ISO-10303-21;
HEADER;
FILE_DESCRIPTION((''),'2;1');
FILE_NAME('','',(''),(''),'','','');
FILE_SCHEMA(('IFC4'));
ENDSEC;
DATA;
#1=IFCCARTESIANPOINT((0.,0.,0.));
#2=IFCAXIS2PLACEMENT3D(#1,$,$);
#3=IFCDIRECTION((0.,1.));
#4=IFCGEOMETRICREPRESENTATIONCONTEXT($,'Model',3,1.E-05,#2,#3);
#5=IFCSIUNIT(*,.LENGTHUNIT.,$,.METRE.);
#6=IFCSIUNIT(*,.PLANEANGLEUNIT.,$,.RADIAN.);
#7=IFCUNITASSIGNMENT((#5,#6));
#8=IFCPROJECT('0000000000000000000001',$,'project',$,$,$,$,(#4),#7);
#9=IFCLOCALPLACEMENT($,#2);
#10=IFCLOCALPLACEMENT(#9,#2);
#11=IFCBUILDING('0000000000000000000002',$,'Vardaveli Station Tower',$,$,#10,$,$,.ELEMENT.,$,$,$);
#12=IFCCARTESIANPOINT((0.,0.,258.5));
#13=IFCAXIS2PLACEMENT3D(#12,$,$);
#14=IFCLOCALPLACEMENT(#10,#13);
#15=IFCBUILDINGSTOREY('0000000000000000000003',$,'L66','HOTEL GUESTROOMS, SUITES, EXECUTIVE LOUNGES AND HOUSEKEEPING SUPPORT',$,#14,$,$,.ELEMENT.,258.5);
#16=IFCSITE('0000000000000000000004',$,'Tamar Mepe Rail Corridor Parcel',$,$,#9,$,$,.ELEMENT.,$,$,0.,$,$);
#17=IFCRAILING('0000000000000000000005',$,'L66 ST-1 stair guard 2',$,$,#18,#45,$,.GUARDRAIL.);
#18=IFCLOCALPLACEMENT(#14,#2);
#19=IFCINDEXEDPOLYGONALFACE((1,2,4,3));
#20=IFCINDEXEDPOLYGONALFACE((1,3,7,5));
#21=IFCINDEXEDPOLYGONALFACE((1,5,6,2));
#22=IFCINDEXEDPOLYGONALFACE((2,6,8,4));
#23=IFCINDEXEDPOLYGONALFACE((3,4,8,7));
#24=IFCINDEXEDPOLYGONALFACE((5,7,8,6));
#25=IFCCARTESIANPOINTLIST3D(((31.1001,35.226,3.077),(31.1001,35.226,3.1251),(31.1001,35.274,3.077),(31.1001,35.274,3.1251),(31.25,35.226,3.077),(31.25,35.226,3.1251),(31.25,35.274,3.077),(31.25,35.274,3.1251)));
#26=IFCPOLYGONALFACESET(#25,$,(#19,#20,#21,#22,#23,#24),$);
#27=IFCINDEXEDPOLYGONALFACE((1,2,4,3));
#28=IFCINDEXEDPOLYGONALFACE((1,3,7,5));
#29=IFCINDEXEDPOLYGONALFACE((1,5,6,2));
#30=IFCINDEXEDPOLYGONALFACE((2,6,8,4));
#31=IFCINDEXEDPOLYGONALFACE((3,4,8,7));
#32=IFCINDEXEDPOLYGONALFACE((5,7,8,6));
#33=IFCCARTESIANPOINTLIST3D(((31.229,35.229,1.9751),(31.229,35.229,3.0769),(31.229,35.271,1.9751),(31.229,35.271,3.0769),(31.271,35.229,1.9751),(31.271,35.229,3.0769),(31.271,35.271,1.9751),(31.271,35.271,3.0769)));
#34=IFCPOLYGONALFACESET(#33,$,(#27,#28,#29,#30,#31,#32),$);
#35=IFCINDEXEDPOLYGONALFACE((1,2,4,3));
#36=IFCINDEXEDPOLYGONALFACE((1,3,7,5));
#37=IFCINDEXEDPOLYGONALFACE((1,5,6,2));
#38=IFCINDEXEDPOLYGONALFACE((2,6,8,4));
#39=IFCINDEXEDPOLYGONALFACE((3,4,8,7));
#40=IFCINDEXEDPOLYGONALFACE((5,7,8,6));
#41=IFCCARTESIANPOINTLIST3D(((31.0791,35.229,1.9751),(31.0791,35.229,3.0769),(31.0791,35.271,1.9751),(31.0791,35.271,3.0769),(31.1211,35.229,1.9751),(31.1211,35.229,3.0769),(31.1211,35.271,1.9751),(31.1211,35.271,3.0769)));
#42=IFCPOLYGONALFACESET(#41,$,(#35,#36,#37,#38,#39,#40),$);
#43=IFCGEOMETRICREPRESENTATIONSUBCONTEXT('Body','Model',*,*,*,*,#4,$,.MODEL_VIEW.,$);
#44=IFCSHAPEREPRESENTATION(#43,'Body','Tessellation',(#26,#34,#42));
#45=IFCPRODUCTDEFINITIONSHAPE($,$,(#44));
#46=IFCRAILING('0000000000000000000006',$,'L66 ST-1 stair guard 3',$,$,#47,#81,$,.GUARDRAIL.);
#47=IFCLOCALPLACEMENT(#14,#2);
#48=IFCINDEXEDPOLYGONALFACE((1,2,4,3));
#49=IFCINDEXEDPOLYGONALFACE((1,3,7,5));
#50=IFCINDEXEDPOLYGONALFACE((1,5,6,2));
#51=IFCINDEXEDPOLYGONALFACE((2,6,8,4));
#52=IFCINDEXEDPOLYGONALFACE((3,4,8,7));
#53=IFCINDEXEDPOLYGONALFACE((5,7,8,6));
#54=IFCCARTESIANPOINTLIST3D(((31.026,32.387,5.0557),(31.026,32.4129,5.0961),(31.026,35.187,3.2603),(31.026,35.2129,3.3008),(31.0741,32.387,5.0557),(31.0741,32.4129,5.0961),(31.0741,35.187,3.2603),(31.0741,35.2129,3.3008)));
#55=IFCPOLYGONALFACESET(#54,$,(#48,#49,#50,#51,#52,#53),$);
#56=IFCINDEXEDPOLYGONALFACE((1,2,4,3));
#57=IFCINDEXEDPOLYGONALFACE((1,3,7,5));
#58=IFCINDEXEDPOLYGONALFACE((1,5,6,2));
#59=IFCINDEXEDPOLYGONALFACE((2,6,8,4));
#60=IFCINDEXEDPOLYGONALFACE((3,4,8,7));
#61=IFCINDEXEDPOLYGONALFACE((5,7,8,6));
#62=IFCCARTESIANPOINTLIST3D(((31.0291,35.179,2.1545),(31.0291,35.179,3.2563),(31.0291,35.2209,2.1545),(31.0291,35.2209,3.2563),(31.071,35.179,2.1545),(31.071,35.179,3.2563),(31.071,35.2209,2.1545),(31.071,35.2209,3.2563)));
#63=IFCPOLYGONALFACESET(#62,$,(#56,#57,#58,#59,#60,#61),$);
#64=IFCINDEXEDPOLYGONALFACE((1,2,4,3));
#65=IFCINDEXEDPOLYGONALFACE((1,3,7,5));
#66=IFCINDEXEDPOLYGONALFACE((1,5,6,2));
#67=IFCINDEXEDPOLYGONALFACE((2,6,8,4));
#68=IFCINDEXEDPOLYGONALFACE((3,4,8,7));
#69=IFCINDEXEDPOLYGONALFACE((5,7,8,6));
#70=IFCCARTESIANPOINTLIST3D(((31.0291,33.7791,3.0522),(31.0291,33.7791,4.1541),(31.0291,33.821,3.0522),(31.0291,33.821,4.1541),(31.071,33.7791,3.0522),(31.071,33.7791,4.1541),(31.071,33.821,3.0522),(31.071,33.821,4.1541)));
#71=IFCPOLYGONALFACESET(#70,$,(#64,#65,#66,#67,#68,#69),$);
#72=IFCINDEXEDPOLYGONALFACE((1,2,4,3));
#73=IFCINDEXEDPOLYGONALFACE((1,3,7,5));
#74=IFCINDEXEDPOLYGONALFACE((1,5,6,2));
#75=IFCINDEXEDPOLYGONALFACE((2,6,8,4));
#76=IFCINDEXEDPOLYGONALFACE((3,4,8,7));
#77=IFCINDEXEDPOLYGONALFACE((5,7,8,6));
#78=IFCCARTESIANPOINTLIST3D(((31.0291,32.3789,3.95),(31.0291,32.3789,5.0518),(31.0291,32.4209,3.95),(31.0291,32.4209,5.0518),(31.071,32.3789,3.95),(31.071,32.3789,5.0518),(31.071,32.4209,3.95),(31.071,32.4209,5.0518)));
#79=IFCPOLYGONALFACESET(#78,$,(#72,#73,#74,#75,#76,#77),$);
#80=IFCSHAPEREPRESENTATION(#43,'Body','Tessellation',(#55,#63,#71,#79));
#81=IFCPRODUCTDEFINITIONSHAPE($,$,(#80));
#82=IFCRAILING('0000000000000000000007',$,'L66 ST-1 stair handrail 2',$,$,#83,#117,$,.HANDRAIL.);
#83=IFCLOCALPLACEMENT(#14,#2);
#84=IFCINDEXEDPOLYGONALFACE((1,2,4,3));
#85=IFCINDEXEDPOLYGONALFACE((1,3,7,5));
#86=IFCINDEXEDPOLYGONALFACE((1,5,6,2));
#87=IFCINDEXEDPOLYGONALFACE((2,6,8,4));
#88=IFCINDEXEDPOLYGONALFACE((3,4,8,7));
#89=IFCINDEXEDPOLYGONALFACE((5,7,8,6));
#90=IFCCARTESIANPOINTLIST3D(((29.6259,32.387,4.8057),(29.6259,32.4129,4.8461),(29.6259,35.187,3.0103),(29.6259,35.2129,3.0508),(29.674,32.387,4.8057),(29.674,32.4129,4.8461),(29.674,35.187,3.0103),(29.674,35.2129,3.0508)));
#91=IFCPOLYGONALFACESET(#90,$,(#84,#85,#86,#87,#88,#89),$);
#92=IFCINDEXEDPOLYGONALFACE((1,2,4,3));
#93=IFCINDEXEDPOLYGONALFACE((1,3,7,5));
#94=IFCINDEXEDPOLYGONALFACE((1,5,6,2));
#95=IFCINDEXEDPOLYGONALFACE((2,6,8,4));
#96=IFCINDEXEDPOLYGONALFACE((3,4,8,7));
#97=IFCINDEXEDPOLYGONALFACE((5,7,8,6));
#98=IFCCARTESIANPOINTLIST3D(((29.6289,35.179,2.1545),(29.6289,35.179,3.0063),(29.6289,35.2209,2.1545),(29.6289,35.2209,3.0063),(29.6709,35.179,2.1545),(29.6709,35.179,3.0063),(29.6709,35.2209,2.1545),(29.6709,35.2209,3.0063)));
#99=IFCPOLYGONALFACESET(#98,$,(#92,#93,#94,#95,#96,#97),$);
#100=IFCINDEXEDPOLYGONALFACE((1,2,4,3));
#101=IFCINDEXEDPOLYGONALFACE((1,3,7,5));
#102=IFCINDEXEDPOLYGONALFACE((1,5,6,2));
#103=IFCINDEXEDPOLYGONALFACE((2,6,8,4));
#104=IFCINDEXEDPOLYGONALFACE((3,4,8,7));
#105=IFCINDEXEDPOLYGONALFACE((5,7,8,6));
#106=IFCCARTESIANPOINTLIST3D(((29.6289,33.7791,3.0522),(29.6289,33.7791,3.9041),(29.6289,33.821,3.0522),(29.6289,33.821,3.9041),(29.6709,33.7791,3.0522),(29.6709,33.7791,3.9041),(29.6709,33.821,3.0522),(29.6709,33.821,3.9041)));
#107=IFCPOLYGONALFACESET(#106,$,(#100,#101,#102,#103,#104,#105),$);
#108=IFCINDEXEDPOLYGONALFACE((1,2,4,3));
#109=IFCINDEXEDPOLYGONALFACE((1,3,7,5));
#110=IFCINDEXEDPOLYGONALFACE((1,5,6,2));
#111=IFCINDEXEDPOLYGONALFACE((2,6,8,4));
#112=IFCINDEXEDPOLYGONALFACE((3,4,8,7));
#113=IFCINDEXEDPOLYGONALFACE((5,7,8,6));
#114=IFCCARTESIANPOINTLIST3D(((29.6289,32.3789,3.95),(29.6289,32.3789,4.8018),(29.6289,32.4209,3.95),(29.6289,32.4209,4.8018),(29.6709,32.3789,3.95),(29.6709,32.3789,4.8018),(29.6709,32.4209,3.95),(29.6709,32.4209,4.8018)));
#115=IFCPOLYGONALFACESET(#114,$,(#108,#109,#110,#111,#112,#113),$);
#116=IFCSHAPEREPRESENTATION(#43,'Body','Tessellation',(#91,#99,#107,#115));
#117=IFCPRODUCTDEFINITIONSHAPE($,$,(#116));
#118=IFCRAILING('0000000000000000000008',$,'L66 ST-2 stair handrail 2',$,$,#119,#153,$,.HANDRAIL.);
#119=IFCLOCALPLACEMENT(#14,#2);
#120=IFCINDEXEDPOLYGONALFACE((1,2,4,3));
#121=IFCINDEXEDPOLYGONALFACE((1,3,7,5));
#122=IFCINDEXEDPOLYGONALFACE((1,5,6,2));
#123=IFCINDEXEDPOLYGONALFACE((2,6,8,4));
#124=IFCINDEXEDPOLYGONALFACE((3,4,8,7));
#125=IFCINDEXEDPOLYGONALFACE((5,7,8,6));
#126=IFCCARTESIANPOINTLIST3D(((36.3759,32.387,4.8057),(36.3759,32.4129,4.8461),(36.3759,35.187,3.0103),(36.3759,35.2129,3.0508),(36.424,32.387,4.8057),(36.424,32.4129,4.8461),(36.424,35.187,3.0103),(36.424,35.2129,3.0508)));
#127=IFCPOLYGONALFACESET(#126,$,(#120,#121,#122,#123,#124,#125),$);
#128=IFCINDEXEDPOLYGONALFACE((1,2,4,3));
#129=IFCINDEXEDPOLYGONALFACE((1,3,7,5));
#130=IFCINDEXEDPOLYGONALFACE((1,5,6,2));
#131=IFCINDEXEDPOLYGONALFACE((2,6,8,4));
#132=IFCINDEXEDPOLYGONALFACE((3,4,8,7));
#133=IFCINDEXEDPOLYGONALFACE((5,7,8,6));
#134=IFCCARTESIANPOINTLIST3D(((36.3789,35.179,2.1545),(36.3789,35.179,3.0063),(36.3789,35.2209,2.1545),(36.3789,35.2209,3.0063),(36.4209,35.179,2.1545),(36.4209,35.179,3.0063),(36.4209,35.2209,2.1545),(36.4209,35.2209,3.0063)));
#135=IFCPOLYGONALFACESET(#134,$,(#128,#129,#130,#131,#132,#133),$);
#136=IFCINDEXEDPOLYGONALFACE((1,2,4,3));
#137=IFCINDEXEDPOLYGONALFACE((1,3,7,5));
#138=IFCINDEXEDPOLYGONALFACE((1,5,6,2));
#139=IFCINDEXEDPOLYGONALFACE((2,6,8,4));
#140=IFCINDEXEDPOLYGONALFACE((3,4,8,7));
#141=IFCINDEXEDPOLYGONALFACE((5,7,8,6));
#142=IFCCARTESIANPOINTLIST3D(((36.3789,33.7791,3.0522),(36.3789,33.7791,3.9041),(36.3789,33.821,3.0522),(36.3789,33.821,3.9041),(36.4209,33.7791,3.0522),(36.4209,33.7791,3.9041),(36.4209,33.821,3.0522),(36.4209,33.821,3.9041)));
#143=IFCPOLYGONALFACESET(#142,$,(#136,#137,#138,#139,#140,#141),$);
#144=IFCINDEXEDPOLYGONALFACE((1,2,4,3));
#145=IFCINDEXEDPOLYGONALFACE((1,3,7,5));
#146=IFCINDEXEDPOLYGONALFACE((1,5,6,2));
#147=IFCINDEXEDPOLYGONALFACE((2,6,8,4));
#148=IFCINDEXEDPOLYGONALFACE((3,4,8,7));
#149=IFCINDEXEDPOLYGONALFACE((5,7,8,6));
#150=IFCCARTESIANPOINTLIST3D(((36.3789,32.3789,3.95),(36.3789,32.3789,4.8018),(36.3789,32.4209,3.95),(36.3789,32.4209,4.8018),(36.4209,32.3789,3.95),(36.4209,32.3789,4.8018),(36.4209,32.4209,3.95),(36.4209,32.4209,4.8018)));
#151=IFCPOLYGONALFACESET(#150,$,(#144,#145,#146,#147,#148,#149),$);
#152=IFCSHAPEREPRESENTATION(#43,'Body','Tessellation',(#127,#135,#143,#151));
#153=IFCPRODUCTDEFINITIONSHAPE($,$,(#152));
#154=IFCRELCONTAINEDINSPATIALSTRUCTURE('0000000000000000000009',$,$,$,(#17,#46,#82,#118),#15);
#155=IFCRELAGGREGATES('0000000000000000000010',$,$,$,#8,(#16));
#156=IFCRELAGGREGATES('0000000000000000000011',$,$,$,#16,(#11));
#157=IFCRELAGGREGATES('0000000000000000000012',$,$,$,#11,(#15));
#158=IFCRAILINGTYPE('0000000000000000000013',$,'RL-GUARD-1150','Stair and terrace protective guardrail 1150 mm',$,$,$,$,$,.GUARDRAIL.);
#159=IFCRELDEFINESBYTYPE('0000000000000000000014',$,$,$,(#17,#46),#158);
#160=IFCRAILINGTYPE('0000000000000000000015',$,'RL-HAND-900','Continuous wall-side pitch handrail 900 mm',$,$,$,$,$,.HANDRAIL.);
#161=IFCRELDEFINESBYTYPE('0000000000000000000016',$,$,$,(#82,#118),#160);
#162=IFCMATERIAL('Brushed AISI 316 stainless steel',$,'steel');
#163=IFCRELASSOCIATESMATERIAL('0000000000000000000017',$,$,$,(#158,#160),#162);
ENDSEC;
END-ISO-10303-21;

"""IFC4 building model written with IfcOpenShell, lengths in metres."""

from ifc_helpers import new_model, si_unit, direction, frame, origin, origin_2d, place, context, subcontext, project, spatial, rectangle, extrude, source, transform, mapped, material, type_object, element, save


model = new_model("IFC4")

# Units and contexts
model_context = context("Model", 3, precision=1e-05, world=origin(), true_north=direction((0.0, 1.0)))
body_context = subcontext(model_context, "Body", "Model", "MODEL_VIEW")
ifc_project = project(units=[si_unit("LENGTHUNIT", "METRE"), si_unit("PLANEANGLEUNIT", "RADIAN")], contexts=[model_context])

# Site, building, storey
site_placement = place(None, origin())
site = spatial("IfcSite", under=ifc_project, at=site_placement, Name="Tamar Mepe Rail Corridor Parcel", CompositionType="ELEMENT", RefElevation=0.0)
building_placement = place(site_placement, origin())
building = spatial("IfcBuilding", under=site, at=building_placement, Name="Vardaveli Station Tower", CompositionType="ELEMENT")
storey_placement = place(building_placement, frame((0.0, 0.0, 258.5)))
storey = spatial("IfcBuildingStorey", under=building, at=storey_placement, Name="L66", Description="HOTEL GUESTROOMS, SUITES, EXECUTIVE LOUNGES AND HOUSEKEEPING SUPPORT", CompositionType="ELEMENT", Elevation=258.5)

# Railings
ifc_material_1 = material(Name="Brushed AISI 316 stainless steel", Category="steel")
railing_type_1 = type_object("IfcRailingType", Name="RL-GUARD-1150", Description="Stair and terrace protective guardrail 1150 mm", PredefinedType="GUARDRAIL", material=ifc_material_1)
shared_shape_1 = source(origin(), body_context, "Body", "SweptSolid", [
    extrude(rectangle(XDim=0.0481, YDim=0.0481, at=origin_2d()), frame((0.0, 0.0, 1.126), z_axis=(-1.0, 0.0, 0.0), x_axis=(0.0, -1.0, 0.0)), (0.0, 0.0, 1.0), 0.1499),
    extrude(rectangle(XDim=0.042, YDim=0.042, at=origin_2d()), origin(), (0.0, 0.0, 1.0), 1.1018),
    extrude(rectangle(XDim=0.042, YDim=0.042, at=origin_2d()), frame((-0.1499, 0.0, 0.0)), (0.0, 0.0, 1.0), 1.1018),
])
railing_1_placement = place(storey_placement, frame((31.25, 35.25, 1.9751)))
element("IfcRailing", 1, at=railing_1_placement, inside=storey, type_object=railing_type_1, Name="L66 ST-1 stair guard 2", PredefinedType="GUARDRAIL", context=body_context, shape_type="MappedRepresentation", body=[
    mapped(shared_shape_1, transform((0.0, 0.0, 0.0), scale=1.0)),
])
shared_shape_2 = source(origin(), body_context, "Body", "SweptSolid", [
    extrude(rectangle(XDim=0.0481, YDim=0.0481, at=origin_2d()), frame((0.0, 0.0, 1.126), z_axis=(0.0, -0.84181, 0.539774), x_axis=(1.0, 0.0, 0.0)), (0.0, 0.0, 1.0), 3.3262),
    extrude(rectangle(XDim=0.042, YDim=0.042, at=origin_2d()), origin(), (0.0, 0.0, 1.0), 1.1018),
    extrude(rectangle(XDim=0.042, YDim=0.042, at=origin_2d()), frame((0.0, -1.3999, 0.8977)), (0.0, 0.0, 1.0), 1.1018),
    extrude(rectangle(XDim=0.042, YDim=0.042, at=origin_2d()), frame((0.0, -2.8, 1.7954)), (0.0, 0.0, 1.0), 1.1018),
])
railing_2_placement = place(storey_placement, frame((31.05, 35.2, 2.1545)))
element("IfcRailing", 2, at=railing_2_placement, inside=storey, type_object=railing_type_1, Name="L66 ST-1 stair guard 3", PredefinedType="GUARDRAIL", context=body_context, shape_type="MappedRepresentation", body=[
    mapped(shared_shape_2, transform((0.0, 0.0, 0.0), scale=1.0)),
])
railing_type_2 = type_object("IfcRailingType", Name="RL-HAND-900", Description="Continuous wall-side pitch handrail 900 mm", PredefinedType="HANDRAIL", material=ifc_material_1)
shared_shape_3 = source(origin(), body_context, "Body", "SweptSolid", [
    extrude(rectangle(XDim=0.0481, YDim=0.0481, at=origin_2d()), frame((0.0, 0.0, 0.876), z_axis=(0.0, -0.84181, 0.539774), x_axis=(1.0, 0.0, 0.0)), (0.0, 0.0, 1.0), 3.3262),
    extrude(rectangle(XDim=0.042, YDim=0.042, at=origin_2d()), origin(), (0.0, 0.0, 1.0), 0.8518),
    extrude(rectangle(XDim=0.042, YDim=0.042, at=origin_2d()), frame((0.0, -1.3999, 0.8977)), (0.0, 0.0, 1.0), 0.8518),
    extrude(rectangle(XDim=0.042, YDim=0.042, at=origin_2d()), frame((0.0, -2.8, 1.7954)), (0.0, 0.0, 1.0), 0.8518),
])
for number, where, name in (
    (3, (29.6499, 35.2, 2.1545), "L66 ST-1 stair handrail 2"),
    (4, (36.3999, 35.2, 2.1545), "L66 ST-2 stair handrail 2"),
):
    element("IfcRailing", number, at=place(storey_placement, frame(where)), inside=storey, type_object=railing_type_2, Name=name, PredefinedType="HANDRAIL", context=body_context, shape_type="MappedRepresentation", body=[
        mapped(shared_shape_3, transform((0.0, 0.0, 0.0), scale=1.0)),
    ])

save(model, "model.ifc")
